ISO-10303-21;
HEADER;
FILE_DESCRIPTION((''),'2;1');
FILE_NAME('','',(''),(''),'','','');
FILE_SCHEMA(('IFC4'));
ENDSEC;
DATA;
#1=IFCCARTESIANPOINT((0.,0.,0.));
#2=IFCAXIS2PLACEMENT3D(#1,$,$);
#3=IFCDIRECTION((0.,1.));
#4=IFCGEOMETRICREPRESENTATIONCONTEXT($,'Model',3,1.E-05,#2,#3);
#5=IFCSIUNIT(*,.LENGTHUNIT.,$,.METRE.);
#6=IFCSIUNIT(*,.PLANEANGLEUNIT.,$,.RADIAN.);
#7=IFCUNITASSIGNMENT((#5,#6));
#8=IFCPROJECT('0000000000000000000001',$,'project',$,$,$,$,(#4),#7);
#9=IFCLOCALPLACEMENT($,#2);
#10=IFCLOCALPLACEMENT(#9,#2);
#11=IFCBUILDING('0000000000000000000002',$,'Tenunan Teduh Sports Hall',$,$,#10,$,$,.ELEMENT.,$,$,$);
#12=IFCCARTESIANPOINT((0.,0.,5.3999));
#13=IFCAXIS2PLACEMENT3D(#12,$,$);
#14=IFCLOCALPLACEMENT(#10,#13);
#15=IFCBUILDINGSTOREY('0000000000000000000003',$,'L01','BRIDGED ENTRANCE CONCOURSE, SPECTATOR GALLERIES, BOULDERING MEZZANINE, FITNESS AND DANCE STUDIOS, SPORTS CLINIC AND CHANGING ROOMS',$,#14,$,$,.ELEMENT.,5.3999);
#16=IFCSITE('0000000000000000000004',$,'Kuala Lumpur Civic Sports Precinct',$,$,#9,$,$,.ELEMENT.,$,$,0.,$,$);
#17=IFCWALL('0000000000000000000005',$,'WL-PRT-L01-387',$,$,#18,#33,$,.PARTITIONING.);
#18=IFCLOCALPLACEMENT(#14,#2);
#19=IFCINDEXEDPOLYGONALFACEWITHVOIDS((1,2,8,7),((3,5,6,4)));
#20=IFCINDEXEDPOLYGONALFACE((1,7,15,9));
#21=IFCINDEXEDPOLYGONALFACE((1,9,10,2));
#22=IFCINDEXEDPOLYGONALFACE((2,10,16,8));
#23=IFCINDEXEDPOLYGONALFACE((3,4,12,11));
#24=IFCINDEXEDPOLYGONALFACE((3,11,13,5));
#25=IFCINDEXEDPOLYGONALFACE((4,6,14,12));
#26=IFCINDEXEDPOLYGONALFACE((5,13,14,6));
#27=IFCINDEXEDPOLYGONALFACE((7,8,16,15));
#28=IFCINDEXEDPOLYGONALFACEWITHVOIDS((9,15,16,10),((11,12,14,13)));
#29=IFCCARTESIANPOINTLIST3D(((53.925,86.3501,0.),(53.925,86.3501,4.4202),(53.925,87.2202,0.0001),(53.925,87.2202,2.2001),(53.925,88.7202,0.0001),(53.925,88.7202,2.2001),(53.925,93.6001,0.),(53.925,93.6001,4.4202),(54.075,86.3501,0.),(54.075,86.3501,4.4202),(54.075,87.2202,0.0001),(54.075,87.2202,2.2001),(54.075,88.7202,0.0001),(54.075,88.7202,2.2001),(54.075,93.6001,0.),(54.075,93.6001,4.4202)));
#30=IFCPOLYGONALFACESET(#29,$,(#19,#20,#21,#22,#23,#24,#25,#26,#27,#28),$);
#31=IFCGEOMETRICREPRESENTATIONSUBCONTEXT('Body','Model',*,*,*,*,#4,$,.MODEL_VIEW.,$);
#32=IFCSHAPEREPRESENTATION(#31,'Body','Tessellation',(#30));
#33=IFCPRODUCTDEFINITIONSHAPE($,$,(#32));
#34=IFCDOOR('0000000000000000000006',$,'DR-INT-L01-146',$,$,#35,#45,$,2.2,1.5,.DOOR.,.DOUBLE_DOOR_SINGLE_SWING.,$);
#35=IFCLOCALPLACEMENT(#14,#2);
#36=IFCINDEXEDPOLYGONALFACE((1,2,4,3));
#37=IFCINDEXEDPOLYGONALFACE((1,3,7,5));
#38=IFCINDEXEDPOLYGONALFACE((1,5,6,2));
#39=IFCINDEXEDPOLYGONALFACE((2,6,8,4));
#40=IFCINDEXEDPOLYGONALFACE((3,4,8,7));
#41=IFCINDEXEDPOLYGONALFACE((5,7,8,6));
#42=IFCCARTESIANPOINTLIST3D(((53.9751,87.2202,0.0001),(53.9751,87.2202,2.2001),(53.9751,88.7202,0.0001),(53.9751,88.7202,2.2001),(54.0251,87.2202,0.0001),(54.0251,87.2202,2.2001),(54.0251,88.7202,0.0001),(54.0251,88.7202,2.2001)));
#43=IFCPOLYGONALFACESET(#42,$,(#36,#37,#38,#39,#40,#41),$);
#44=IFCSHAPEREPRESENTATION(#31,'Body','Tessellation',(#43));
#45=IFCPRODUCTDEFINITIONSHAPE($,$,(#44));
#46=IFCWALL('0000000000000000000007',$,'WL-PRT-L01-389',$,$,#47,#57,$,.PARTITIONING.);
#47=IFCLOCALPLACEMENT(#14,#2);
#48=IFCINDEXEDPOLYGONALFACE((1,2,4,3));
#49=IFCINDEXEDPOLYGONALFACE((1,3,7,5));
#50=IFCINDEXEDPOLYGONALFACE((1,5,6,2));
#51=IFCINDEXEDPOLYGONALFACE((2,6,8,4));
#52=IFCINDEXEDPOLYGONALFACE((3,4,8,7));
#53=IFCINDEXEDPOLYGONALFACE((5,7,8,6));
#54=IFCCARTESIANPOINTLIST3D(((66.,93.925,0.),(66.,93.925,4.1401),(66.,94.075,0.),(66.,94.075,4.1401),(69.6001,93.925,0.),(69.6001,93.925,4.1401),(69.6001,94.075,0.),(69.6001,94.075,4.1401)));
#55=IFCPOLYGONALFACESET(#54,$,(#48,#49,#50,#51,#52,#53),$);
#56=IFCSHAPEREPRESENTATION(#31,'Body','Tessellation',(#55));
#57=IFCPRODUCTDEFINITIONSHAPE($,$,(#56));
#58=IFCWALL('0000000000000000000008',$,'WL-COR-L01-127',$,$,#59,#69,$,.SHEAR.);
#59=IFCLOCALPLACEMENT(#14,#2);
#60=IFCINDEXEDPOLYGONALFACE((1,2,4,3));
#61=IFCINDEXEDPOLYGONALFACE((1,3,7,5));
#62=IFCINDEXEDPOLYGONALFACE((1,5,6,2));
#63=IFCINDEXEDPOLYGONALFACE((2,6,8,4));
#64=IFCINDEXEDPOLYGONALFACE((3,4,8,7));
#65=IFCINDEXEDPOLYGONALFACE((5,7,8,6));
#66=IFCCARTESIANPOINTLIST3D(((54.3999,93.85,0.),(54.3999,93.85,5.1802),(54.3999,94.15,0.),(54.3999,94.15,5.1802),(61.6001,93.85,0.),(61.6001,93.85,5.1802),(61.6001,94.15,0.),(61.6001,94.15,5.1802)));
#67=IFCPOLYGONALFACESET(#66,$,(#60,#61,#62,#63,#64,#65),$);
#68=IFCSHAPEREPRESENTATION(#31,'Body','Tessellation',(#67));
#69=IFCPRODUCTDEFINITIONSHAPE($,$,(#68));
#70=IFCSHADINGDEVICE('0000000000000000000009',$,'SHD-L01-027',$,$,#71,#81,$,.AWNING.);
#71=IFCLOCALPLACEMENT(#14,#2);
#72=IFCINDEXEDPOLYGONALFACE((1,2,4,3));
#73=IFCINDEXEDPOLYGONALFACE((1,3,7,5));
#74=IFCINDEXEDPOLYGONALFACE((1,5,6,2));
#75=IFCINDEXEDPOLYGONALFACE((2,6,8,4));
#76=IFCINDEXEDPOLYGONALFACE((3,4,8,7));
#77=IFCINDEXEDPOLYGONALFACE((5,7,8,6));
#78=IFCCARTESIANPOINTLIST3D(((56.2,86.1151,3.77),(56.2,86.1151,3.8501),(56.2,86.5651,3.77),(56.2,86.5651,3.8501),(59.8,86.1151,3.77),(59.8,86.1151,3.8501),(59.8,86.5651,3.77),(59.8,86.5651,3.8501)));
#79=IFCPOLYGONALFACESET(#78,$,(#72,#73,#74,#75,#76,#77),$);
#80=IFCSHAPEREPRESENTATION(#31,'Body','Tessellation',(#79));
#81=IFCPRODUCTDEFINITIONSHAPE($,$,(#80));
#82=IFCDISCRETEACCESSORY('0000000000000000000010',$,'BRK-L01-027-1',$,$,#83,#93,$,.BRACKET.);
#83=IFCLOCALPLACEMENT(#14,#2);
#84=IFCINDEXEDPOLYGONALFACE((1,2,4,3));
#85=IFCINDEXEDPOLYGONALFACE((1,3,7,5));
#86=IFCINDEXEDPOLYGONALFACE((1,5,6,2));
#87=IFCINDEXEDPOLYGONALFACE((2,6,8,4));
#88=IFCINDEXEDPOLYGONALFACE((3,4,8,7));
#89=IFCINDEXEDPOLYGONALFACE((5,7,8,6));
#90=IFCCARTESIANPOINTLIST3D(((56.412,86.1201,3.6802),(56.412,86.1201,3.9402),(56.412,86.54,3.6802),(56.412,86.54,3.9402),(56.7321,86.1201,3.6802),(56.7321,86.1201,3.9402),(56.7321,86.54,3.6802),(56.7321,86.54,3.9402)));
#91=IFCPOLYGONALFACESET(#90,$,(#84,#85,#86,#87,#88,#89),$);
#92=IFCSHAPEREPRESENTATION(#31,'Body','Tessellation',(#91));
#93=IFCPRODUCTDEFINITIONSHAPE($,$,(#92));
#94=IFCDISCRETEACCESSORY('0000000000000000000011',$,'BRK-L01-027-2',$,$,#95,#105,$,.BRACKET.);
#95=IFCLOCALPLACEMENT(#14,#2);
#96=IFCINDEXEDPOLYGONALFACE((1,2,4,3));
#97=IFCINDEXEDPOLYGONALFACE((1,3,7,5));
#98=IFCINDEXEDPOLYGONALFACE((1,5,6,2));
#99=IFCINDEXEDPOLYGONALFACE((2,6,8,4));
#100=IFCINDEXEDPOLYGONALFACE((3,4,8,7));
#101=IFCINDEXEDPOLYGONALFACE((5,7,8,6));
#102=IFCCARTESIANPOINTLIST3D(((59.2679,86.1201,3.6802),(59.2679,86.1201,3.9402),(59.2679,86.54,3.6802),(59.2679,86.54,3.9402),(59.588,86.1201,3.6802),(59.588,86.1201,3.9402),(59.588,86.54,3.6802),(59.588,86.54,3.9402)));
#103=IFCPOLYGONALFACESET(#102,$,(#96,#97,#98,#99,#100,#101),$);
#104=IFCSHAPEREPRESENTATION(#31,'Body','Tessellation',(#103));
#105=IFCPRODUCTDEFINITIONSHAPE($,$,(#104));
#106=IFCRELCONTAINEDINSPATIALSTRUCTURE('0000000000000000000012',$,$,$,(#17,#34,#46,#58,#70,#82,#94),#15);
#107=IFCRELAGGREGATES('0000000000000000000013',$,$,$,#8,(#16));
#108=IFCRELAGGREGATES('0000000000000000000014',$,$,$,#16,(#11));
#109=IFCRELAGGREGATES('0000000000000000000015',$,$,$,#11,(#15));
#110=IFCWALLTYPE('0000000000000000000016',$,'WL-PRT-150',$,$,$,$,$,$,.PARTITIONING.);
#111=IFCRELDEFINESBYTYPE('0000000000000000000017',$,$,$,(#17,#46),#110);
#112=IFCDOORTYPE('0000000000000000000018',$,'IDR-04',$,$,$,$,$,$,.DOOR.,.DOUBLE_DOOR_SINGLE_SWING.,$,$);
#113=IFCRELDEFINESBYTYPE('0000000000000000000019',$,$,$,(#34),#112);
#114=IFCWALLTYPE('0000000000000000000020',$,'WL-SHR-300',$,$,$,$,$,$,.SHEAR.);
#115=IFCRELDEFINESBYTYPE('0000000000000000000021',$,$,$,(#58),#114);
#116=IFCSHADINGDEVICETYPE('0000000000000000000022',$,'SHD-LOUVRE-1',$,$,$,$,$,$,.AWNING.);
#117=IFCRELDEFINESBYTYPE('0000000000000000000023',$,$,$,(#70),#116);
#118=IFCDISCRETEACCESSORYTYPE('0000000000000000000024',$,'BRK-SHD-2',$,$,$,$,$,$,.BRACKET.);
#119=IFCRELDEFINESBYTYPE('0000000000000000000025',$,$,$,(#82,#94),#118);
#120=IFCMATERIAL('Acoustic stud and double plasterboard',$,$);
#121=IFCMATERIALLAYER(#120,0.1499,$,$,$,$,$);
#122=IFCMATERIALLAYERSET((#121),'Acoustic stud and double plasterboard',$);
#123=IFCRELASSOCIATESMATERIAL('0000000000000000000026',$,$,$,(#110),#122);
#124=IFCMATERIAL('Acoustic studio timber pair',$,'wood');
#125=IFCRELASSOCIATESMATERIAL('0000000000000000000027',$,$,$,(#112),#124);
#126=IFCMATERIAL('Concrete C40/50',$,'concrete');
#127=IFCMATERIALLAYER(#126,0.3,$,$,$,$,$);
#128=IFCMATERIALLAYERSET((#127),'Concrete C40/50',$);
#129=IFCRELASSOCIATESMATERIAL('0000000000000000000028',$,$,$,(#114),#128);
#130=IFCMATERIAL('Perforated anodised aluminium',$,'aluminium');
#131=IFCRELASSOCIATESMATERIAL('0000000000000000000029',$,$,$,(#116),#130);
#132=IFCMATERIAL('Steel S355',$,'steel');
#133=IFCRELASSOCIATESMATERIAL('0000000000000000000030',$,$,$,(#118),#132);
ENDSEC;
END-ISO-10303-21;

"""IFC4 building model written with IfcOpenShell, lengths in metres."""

from ifc_helpers import new_model, si_unit, direction, frame, frame_2d, origin, origin_2d, place, context, subcontext, project, spatial, rectangle, extrude, material, layer, layer_set, type_object, element, fill, save


model = new_model("IFC4")

# Units and contexts
model_context = context("Model", 3, precision=1e-05, world=origin(), true_north=direction((0.0, 1.0)))
body_context = subcontext(model_context, "Body", "Model", "MODEL_VIEW")
ifc_project = project(units=[si_unit("LENGTHUNIT", "METRE"), si_unit("PLANEANGLEUNIT", "RADIAN")], contexts=[model_context])

# Site, building, storey
site_placement = place(None, origin())
site = spatial("IfcSite", under=ifc_project, at=site_placement, Name="Kuala Lumpur Civic Sports Precinct", CompositionType="ELEMENT", RefElevation=0.0)
building_placement = place(site_placement, origin())
building = spatial("IfcBuilding", under=site, at=building_placement, Name="Tenunan Teduh Sports Hall", CompositionType="ELEMENT")
storey_placement = place(building_placement, frame((0.0, 0.0, 5.3999)))
storey = spatial("IfcBuildingStorey", under=building, at=storey_placement, Name="L01", Description="BRIDGED ENTRANCE CONCOURSE, SPECTATOR GALLERIES, BOULDERING MEZZANINE, FITNESS AND DANCE STUDIOS, SPORTS CLINIC AND CHANGING ROOMS", CompositionType="ELEMENT", Elevation=5.3999)

# Wall, opening, door
ifc_material_1 = material(Name="Acoustic stud and double plasterboard")
ifc_layer_1 = layer(ifc_material_1, 0.1499)
ifc_layer_set_1 = layer_set([ifc_layer_1], Name="Acoustic stud and double plasterboard")
wall_type_1 = type_object("IfcWallType", Name="WL-PRT-150", PredefinedType="PARTITIONING", material=ifc_layer_set_1)
wall_1_placement = place(storey_placement, frame((54.0, 86.3501, 0.0), z_axis=(0.0, 0.0, 1.0), x_axis=(0.0, 1.0, 0.0)))
wall_1 = element("IfcWall", 1, at=wall_1_placement, inside=storey, type_object=wall_type_1, Name="WL-PRT-L01-387", PredefinedType="PARTITIONING", context=body_context, shape_type="SweptSolid", body=[
    extrude(rectangle(XDim=7.25, YDim=0.1499, at=frame_2d((3.625, 0.0))), origin(), (0.0, 0.0, 1.0), 4.4202),
])
opening_1_placement = place(wall_1_placement, frame((0.8701, 0.0, 0.0)))
opening_1 = element("IfcOpeningElement", 2, at=opening_1_placement, cuts=wall_1, PredefinedType="OPENING", context=body_context, shape_type="SweptSolid", body=[
    extrude(rectangle(XDim=1.5, YDim=2.2, at=frame_2d((0.75, 1.1001))), frame((0.0, 0.085, 0.0), z_axis=(0.0, -1.0, 0.0), x_axis=(1.0, 0.0, 0.0)), (0.0, 0.0, 1.0), 0.1699),
])
ifc_material_2 = material(Name="Acoustic studio timber pair", Category="wood")
door_type_1 = type_object("IfcDoorType", Name="IDR-04", OperationType="DOUBLE_DOOR_SINGLE_SWING", PredefinedType="DOOR", material=ifc_material_2)
door_1_placement = place(opening_1_placement, origin())
door_1 = element("IfcDoor", 3, at=door_1_placement, inside=storey, type_object=door_type_1, Name="DR-INT-L01-146", OperationType="DOUBLE_DOOR_SINGLE_SWING", OverallHeight=2.2, OverallWidth=1.5, PredefinedType="DOOR", context=body_context, shape_type="SweptSolid", body=[
    extrude(rectangle(XDim=1.5, YDim=2.2, at=frame_2d((0.75, 1.1001))), frame((0.0, 0.0249, 0.0), z_axis=(0.0, -1.0, 0.0), x_axis=(1.0, 0.0, 0.0)), (0.0, 0.0, 1.0), 0.05),
])
fill(opening_1, door_1)

# Walls
wall_2_placement = place(storey_placement, frame((66.0, 94.0, 0.0), z_axis=(0.0, 0.0, 1.0), x_axis=(1.0, 0.0, 0.0)))
element("IfcWall", 4, at=wall_2_placement, inside=storey, type_object=wall_type_1, Name="WL-PRT-L01-389", PredefinedType="PARTITIONING", context=body_context, shape_type="SweptSolid", body=[
    extrude(rectangle(XDim=3.6001, YDim=0.1499, at=frame_2d((1.8, 0.0))), origin(), (0.0, 0.0, 1.0), 4.1401),
])
ifc_material_3 = material(Name="Concrete C40/50", Category="concrete")
ifc_layer_2 = layer(ifc_material_3, 0.3)
ifc_layer_set_2 = layer_set([ifc_layer_2], Name="Concrete C40/50")
wall_type_2 = type_object("IfcWallType", Name="WL-SHR-300", PredefinedType="SHEAR", material=ifc_layer_set_2)
wall_3_placement = place(storey_placement, frame((54.3999, 94.0, 0.0), z_axis=(0.0, 0.0, 1.0), x_axis=(1.0, 0.0, 0.0)))
element("IfcWall", 5, at=wall_3_placement, inside=storey, type_object=wall_type_2, Name="WL-COR-L01-127", PredefinedType="SHEAR", context=body_context, shape_type="SweptSolid", body=[
    extrude(rectangle(XDim=7.2002, YDim=0.3, at=frame_2d((3.6001, 0.0))), origin(), (0.0, 0.0, 1.0), 5.1802),
])

# Shading device
ifc_material_4 = material(Name="Perforated anodised aluminium", Category="aluminium")
shading_device_type = type_object("IfcShadingDeviceType", Name="SHD-LOUVRE-1", PredefinedType="AWNING", material=ifc_material_4)
shading_device_placement = place(storey_placement, frame((58.0, 86.3401, 3.77), z_axis=(0.0, 0.0, 1.0), x_axis=(1.0, 0.0, 0.0)))
element("IfcShadingDevice", 6, at=shading_device_placement, inside=storey, type_object=shading_device_type, Name="SHD-L01-027", PredefinedType="AWNING", context=body_context, shape_type="SweptSolid", body=[
    extrude(rectangle(XDim=3.6001, YDim=0.45, at=origin_2d()), origin(), (0.0, 0.0, 1.0), 0.0801),
])

# Discrete accessories
ifc_material_5 = material(Name="Steel S355", Category="steel")
discrete_accessory_type = type_object("IfcDiscreteAccessoryType", Name="BRK-SHD-2", PredefinedType="BRACKET", material=ifc_material_5)
for number, where, z_axis, x_axis, name in (
    (7, (56.572, 86.3301, 3.6802), (0.0, 0.0, 1.0), (1.0, 0.0, 0.0), "BRK-L01-027-1"),
    (8, (59.428, 86.3301, 3.6802), (0.0, 0.0, 1.0), (1.0, 0.0, 0.0), "BRK-L01-027-2"),
):
    element("IfcDiscreteAccessory", number, at=place(storey_placement, frame(where, z_axis=z_axis, x_axis=x_axis)), inside=storey, type_object=discrete_accessory_type, Name=name, PredefinedType="BRACKET", context=body_context, shape_type="SweptSolid", body=[
        extrude(rectangle(XDim=0.3201, YDim=0.4199, at=origin_2d()), origin(), (0.0, 0.0, 1.0), 0.26),
    ])

save(model, "model.ifc")
